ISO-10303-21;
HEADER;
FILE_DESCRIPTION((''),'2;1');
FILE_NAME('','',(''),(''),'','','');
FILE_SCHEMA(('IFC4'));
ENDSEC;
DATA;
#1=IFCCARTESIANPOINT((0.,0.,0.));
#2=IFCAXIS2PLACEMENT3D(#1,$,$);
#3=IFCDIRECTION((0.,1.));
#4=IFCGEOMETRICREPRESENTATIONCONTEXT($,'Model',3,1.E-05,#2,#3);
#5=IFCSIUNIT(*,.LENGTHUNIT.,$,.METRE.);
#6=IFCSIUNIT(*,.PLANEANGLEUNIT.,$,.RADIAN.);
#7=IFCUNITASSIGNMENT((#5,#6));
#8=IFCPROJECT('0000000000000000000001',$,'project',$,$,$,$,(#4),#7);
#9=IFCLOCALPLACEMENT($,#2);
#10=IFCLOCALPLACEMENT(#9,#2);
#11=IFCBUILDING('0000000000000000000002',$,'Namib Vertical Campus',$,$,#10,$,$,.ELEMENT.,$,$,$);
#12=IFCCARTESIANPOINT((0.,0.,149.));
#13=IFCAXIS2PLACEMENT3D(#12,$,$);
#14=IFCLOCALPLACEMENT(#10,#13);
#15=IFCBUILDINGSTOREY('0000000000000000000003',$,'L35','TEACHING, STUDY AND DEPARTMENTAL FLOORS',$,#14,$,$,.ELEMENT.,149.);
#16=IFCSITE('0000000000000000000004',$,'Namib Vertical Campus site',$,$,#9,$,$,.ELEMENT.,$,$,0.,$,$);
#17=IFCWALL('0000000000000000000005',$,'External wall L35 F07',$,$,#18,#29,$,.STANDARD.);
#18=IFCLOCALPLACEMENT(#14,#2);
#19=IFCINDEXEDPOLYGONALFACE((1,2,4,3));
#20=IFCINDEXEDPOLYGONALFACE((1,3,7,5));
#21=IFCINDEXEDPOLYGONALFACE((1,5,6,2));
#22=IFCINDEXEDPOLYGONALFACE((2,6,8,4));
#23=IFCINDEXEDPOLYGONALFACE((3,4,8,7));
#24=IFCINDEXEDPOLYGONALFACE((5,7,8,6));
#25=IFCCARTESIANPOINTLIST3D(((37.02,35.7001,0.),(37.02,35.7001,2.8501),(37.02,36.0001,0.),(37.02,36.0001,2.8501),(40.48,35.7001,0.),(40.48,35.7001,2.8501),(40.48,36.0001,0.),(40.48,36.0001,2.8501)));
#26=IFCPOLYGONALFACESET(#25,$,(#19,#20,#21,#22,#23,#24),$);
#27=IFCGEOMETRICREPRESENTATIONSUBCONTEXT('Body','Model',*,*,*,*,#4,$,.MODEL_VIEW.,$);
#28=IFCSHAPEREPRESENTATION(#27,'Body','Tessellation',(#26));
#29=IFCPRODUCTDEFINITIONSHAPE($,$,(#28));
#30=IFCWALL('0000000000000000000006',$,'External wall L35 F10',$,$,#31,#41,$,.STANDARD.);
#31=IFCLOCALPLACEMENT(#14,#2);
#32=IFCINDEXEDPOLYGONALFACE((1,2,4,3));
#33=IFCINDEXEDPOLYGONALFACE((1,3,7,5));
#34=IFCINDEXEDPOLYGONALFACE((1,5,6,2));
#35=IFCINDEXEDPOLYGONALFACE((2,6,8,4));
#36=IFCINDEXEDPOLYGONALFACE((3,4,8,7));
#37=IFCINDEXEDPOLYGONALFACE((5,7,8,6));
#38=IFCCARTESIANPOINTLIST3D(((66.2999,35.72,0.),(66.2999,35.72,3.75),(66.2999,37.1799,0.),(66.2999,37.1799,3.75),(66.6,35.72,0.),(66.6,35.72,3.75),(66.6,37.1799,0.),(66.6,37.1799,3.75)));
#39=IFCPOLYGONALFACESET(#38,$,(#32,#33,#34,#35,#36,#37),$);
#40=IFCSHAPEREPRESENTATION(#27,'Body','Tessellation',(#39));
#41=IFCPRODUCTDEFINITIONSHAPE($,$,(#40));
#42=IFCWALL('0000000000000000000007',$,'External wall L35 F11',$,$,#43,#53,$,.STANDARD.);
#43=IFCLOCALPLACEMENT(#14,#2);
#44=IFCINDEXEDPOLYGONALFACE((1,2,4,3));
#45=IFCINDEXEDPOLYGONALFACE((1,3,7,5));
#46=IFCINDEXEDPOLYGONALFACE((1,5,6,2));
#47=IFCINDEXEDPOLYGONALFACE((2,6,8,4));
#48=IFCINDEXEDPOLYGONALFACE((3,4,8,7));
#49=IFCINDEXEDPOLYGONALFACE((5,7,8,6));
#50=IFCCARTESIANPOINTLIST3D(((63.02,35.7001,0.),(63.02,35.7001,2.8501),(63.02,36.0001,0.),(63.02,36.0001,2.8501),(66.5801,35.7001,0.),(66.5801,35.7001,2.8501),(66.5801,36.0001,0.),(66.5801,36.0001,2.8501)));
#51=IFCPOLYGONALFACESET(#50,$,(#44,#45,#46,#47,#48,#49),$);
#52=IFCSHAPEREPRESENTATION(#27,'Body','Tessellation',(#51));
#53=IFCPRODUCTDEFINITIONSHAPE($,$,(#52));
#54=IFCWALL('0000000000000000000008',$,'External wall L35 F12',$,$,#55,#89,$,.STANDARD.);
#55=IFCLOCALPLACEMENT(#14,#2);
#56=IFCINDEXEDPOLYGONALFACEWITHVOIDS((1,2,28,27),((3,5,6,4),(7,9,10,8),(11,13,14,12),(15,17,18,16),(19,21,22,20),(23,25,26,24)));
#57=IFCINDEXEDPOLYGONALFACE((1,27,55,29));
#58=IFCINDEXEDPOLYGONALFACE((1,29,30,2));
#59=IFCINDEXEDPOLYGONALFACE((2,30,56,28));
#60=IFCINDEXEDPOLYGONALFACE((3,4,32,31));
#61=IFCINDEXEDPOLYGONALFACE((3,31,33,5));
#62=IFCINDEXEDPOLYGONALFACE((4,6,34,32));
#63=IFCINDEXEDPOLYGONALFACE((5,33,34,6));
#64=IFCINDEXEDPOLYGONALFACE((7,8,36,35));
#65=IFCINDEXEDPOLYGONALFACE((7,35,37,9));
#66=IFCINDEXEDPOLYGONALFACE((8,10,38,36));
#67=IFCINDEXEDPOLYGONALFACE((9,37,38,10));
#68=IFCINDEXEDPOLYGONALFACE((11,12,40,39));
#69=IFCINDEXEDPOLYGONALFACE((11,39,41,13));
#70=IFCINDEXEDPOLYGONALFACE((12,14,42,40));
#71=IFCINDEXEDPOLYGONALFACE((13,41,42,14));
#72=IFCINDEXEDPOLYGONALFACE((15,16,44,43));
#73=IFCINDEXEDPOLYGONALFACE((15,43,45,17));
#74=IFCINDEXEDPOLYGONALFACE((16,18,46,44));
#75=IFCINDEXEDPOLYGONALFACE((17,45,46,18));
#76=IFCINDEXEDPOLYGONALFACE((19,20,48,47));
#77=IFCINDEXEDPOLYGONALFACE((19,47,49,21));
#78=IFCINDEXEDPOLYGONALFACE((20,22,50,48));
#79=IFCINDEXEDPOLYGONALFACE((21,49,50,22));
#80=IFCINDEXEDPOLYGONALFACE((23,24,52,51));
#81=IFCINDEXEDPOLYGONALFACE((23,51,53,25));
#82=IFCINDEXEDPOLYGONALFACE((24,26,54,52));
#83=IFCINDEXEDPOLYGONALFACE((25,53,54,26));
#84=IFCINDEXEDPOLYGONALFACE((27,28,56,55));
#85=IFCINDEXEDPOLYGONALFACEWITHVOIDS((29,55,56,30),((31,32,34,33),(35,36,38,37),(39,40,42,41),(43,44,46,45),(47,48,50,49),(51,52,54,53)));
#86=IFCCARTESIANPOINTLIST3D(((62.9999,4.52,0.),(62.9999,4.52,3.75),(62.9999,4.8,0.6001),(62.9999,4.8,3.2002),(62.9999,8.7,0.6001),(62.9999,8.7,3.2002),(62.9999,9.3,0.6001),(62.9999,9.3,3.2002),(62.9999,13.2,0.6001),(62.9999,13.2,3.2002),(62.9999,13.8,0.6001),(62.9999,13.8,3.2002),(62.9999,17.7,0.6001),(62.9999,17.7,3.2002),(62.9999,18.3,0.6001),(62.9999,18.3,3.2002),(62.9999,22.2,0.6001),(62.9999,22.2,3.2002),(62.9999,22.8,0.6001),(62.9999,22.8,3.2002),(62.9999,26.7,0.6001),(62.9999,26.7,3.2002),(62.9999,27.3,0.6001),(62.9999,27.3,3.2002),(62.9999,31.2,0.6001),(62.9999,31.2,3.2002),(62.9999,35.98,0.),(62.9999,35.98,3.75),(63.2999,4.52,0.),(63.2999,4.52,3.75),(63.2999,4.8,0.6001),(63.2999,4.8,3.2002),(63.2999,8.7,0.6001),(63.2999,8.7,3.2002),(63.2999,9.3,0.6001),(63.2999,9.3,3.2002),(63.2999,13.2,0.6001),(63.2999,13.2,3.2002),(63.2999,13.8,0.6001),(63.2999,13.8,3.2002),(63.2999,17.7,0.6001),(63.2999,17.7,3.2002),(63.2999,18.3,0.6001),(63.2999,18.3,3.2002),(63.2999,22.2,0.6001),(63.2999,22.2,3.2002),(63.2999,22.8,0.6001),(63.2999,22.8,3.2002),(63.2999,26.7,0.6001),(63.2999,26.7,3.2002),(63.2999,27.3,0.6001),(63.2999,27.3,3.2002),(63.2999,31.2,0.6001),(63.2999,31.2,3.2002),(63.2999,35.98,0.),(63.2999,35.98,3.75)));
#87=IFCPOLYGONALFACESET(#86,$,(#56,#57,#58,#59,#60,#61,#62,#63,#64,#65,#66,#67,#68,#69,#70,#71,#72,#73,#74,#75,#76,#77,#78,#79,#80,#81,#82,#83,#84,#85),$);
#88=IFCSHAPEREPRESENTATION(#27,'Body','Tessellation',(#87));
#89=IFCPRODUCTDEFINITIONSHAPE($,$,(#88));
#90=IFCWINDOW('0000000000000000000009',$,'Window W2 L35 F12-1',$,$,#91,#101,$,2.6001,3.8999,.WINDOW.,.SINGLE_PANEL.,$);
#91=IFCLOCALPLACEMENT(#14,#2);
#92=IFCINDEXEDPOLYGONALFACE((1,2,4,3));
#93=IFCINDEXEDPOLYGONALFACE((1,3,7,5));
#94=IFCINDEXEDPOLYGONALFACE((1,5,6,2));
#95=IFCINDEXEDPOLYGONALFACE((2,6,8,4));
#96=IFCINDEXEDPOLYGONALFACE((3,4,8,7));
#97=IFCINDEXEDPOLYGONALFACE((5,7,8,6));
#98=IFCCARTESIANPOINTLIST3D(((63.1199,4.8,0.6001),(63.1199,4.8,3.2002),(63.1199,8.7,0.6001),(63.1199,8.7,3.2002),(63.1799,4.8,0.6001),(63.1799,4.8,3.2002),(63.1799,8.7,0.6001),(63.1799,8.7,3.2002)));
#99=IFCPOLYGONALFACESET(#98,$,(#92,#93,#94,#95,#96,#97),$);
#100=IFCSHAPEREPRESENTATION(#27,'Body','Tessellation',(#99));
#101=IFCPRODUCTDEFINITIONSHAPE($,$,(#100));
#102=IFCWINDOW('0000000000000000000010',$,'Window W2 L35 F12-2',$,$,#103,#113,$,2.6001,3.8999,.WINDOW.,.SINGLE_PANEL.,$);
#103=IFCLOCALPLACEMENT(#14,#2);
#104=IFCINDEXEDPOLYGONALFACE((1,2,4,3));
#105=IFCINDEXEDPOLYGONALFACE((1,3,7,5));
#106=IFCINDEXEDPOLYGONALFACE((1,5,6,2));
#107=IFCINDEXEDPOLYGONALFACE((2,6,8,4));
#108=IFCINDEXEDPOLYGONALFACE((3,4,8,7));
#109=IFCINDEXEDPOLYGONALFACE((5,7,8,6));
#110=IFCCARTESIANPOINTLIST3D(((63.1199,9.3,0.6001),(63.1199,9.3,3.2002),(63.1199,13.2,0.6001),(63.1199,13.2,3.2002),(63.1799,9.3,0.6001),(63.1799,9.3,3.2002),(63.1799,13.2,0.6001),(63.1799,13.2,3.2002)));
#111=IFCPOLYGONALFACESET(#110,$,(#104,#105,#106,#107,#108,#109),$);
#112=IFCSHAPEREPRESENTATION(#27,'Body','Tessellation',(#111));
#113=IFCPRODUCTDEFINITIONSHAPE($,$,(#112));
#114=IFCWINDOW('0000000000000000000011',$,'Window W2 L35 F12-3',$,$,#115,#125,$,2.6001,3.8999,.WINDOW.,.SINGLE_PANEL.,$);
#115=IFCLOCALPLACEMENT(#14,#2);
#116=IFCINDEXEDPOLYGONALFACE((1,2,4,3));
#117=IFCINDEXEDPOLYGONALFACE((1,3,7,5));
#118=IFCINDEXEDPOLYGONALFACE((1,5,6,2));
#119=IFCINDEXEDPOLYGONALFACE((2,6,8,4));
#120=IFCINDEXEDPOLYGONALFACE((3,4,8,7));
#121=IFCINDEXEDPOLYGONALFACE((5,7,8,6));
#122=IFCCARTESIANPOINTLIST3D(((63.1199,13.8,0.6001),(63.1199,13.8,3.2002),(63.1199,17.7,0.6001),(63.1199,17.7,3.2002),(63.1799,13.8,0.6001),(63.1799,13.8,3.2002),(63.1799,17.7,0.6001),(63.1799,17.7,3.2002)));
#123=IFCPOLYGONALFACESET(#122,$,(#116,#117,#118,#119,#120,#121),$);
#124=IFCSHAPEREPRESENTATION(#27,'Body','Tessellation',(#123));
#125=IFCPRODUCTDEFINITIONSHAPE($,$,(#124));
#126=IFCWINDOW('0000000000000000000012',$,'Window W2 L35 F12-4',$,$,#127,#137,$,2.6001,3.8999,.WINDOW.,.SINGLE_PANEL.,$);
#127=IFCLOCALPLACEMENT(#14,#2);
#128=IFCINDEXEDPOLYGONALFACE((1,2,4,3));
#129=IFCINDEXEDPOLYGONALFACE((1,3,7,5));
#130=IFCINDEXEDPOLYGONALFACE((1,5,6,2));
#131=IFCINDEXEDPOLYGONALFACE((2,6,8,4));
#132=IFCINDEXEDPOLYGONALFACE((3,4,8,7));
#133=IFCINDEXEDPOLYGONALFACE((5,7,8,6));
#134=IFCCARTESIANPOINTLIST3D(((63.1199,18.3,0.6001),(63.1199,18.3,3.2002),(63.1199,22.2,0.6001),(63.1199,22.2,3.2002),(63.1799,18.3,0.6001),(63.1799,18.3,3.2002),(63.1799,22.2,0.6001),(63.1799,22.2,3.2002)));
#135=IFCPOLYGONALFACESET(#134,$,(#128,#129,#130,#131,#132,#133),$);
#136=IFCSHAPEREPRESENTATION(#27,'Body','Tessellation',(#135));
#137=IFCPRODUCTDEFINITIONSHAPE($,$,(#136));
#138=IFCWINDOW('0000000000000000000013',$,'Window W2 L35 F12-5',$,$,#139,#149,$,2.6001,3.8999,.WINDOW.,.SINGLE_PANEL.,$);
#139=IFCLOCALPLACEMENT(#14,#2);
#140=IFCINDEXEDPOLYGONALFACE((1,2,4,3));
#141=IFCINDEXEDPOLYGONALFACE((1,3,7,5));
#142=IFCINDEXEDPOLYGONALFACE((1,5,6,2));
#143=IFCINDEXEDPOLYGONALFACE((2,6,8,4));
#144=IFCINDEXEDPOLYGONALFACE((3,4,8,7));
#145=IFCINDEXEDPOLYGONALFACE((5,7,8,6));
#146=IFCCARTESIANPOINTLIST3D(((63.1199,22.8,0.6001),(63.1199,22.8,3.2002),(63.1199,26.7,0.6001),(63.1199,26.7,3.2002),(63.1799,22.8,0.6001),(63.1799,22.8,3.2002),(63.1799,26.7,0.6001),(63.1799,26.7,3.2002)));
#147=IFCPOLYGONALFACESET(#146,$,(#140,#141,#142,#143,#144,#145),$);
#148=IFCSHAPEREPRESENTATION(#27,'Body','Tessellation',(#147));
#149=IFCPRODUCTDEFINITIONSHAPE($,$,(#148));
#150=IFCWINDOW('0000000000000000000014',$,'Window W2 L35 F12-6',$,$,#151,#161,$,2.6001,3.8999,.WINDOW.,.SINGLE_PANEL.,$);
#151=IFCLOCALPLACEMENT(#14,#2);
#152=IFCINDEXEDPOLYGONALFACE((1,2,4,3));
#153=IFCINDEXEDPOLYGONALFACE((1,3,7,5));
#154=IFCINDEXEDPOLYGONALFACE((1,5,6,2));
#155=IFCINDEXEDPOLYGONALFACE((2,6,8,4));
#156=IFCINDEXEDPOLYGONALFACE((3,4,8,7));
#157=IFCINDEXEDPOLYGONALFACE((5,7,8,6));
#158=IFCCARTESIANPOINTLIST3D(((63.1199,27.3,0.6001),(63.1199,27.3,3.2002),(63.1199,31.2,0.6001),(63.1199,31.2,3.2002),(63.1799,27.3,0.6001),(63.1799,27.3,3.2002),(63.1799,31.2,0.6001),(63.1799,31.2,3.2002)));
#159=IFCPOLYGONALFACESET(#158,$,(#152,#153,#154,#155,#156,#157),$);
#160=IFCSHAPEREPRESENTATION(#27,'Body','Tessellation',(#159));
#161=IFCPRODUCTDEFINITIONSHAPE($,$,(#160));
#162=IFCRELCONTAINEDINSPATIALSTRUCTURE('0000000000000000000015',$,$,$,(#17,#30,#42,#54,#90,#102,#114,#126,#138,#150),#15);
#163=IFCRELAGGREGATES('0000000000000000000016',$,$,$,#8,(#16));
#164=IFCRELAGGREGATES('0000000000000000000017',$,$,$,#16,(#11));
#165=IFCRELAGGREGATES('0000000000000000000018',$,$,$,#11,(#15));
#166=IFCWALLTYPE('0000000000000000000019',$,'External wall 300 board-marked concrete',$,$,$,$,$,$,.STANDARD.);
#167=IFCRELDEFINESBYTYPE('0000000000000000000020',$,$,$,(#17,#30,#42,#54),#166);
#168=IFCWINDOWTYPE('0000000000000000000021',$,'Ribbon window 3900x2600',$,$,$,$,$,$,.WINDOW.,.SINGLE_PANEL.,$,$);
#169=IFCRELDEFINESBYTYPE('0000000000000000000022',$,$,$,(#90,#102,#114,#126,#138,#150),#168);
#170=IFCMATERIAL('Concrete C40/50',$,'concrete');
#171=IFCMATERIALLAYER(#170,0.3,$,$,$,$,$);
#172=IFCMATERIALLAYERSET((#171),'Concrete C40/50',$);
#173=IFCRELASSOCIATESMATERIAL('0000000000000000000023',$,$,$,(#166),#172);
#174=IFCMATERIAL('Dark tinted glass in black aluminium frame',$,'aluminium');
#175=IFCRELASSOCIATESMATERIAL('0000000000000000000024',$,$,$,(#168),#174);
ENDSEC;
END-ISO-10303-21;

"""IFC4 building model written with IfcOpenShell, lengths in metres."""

from ifc_helpers import new_model, si_unit, direction, frame, frame_2d, origin, place, context, subcontext, project, spatial, rectangle, extrude, material, layer, layer_set, type_object, element, fill, save


model = new_model("IFC4")

# Units and contexts
model_context = context("Model", 3, precision=1e-05, world=origin(), true_north=direction((0.0, 1.0)))
body_context = subcontext(model_context, "Body", "Model", "MODEL_VIEW")
ifc_project = project(units=[si_unit("LENGTHUNIT", "METRE"), si_unit("PLANEANGLEUNIT", "RADIAN")], contexts=[model_context])

# Site, building, storey
site_placement = place(None, origin())
site = spatial("IfcSite", under=ifc_project, at=site_placement, Name="Namib Vertical Campus site", CompositionType="ELEMENT", RefElevation=0.0)
building_placement = place(site_placement, origin())
building = spatial("IfcBuilding", under=site, at=building_placement, Name="Namib Vertical Campus", CompositionType="ELEMENT")
storey_placement = place(building_placement, frame((0.0, 0.0, 149.0)))
storey = spatial("IfcBuildingStorey", under=building, at=storey_placement, Name="L35", Description="TEACHING, STUDY AND DEPARTMENTAL FLOORS", CompositionType="ELEMENT", Elevation=149.0)

# Walls
ifc_material_1 = material(Name="Concrete C40/50", Category="concrete")
ifc_layer_1 = layer(ifc_material_1, 0.3)
ifc_layer_set_1 = layer_set([ifc_layer_1], Name="Concrete C40/50")
wall_type_1 = type_object("IfcWallType", Name="External wall 300 board-marked concrete", PredefinedType="STANDARD", material=ifc_layer_set_1)
wall_1_placement = place(storey_placement, frame((40.48, 35.8501, 0.0), z_axis=(0.0, 0.0, 1.0), x_axis=(-1.0, 0.0, 0.0)))
element("IfcWall", 1, at=wall_1_placement, inside=storey, type_object=wall_type_1, Name="External wall L35 F07", PredefinedType="STANDARD", context=body_context, shape_type="SweptSolid", body=[
    extrude(rectangle(XDim=3.46, YDim=0.3, at=frame_2d((1.73, 0.0))), origin(), (0.0, 0.0, 1.0), 2.8501),
])
wall_2_placement = place(storey_placement, frame((66.45, 37.1799, 0.0), z_axis=(0.0, 0.0, 1.0), x_axis=(0.0, -1.0, 0.0)))
element("IfcWall", 2, at=wall_2_placement, inside=storey, type_object=wall_type_1, Name="External wall L35 F10", PredefinedType="STANDARD", context=body_context, shape_type="SweptSolid", body=[
    extrude(rectangle(XDim=1.46, YDim=0.3, at=frame_2d((0.73, 0.0))), origin(), (0.0, 0.0, 1.0), 3.75),
])
wall_3_placement = place(storey_placement, frame((66.5801, 35.8501, 0.0), z_axis=(0.0, 0.0, 1.0), x_axis=(-1.0, 0.0, 0.0)))
element("IfcWall", 3, at=wall_3_placement, inside=storey, type_object=wall_type_1, Name="External wall L35 F11", PredefinedType="STANDARD", context=body_context, shape_type="SweptSolid", body=[
    extrude(rectangle(XDim=3.5601, YDim=0.3, at=frame_2d((1.78, 0.0))), origin(), (0.0, 0.0, 1.0), 2.8501),
])

# Wall, openings, windows
wall_4_placement = place(storey_placement, frame((63.1499, 35.98, 0.0), z_axis=(0.0, 0.0, 1.0), x_axis=(0.0, -1.0, 0.0)))
wall_4 = element("IfcWall", 4, at=wall_4_placement, inside=storey, type_object=wall_type_1, Name="External wall L35 F12", PredefinedType="STANDARD", context=body_context, shape_type="SweptSolid", body=[
    extrude(rectangle(XDim=31.46, YDim=0.3, at=frame_2d((15.73, 0.0))), origin(), (0.0, 0.0, 1.0), 3.75),
])
opening_1_placement = place(wall_4_placement, frame((27.28, 0.0, 0.6001)))
opening_1 = element("IfcOpeningElement", 5, at=opening_1_placement, cuts=wall_4, PredefinedType="OPENING", context=body_context, shape_type="SweptSolid", body=[
    extrude(rectangle(XDim=3.8999, YDim=2.6001, at=frame_2d((1.95, 1.3))), frame((0.0, 0.1599, 0.0), z_axis=(0.0, -1.0, 0.0), x_axis=(1.0, 0.0, 0.0)), (0.0, 0.0, 1.0), 0.3201),
])
opening_2_placement = place(wall_4_placement, frame((22.78, 0.0, 0.6001)))
opening_2 = element("IfcOpeningElement", 6, at=opening_2_placement, cuts=wall_4, PredefinedType="OPENING", context=body_context, shape_type="SweptSolid", body=[
    extrude(rectangle(XDim=3.8999, YDim=2.6001, at=frame_2d((1.95, 1.3))), frame((0.0, 0.1599, 0.0), z_axis=(0.0, -1.0, 0.0), x_axis=(1.0, 0.0, 0.0)), (0.0, 0.0, 1.0), 0.3201),
])
opening_3_placement = place(wall_4_placement, frame((18.28, 0.0, 0.6001)))
opening_3 = element("IfcOpeningElement", 7, at=opening_3_placement, cuts=wall_4, PredefinedType="OPENING", context=body_context, shape_type="SweptSolid", body=[
    extrude(rectangle(XDim=3.8999, YDim=2.6001, at=frame_2d((1.95, 1.3))), frame((0.0, 0.1599, 0.0), z_axis=(0.0, -1.0, 0.0), x_axis=(1.0, 0.0, 0.0)), (0.0, 0.0, 1.0), 0.3201),
])
opening_4_placement = place(wall_4_placement, frame((13.78, 0.0, 0.6001)))
opening_4 = element("IfcOpeningElement", 8, at=opening_4_placement, cuts=wall_4, PredefinedType="OPENING", context=body_context, shape_type="SweptSolid", body=[
    extrude(rectangle(XDim=3.8999, YDim=2.6001, at=frame_2d((1.95, 1.3))), frame((0.0, 0.1599, 0.0), z_axis=(0.0, -1.0, 0.0), x_axis=(1.0, 0.0, 0.0)), (0.0, 0.0, 1.0), 0.3201),
])
opening_5_placement = place(wall_4_placement, frame((9.28, 0.0, 0.6001)))
opening_5 = element("IfcOpeningElement", 9, at=opening_5_placement, cuts=wall_4, PredefinedType="OPENING", context=body_context, shape_type="SweptSolid", body=[
    extrude(rectangle(XDim=3.8999, YDim=2.6001, at=frame_2d((1.95, 1.3))), frame((0.0, 0.1599, 0.0), z_axis=(0.0, -1.0, 0.0), x_axis=(1.0, 0.0, 0.0)), (0.0, 0.0, 1.0), 0.3201),
])
opening_6_placement = place(wall_4_placement, frame((4.78, 0.0, 0.6001)))
opening_6 = element("IfcOpeningElement", 10, at=opening_6_placement, cuts=wall_4, PredefinedType="OPENING", context=body_context, shape_type="SweptSolid", body=[
    extrude(rectangle(XDim=3.8999, YDim=2.6001, at=frame_2d((1.95, 1.3))), frame((0.0, 0.1599, 0.0), z_axis=(0.0, -1.0, 0.0), x_axis=(1.0, 0.0, 0.0)), (0.0, 0.0, 1.0), 0.3201),
])
ifc_material_2 = material(Name="Dark tinted glass in black aluminium frame", Category="aluminium")
window_type = type_object("IfcWindowType", Name="Ribbon window 3900x2600", PartitioningType="SINGLE_PANEL", PredefinedType="WINDOW", material=ifc_material_2)
window_1_placement = place(opening_1_placement, origin())
window_1 = element("IfcWindow", 11, at=window_1_placement, inside=storey, type_object=window_type, Name="Window W2 L35 F12-1", OverallHeight=2.6001, OverallWidth=3.8999, PartitioningType="SINGLE_PANEL", PredefinedType="WINDOW", context=body_context, shape_type="SweptSolid", body=[
    extrude(rectangle(XDim=3.8999, YDim=2.6001, at=frame_2d((1.95, 1.3))), frame((0.0, 0.03, 0.0), z_axis=(0.0, -1.0, 0.0), x_axis=(1.0, 0.0, 0.0)), (0.0, 0.0, 1.0), 0.0601),
])
fill(opening_1, window_1)
window_2_placement = place(opening_2_placement, origin())
window_2 = element("IfcWindow", 12, at=window_2_placement, inside=storey, type_object=window_type, Name="Window W2 L35 F12-2", OverallHeight=2.6001, OverallWidth=3.8999, PartitioningType="SINGLE_PANEL", PredefinedType="WINDOW", context=body_context, shape_type="SweptSolid", body=[
    extrude(rectangle(XDim=3.8999, YDim=2.6001, at=frame_2d((1.95, 1.3))), frame((0.0, 0.03, 0.0), z_axis=(0.0, -1.0, 0.0), x_axis=(1.0, 0.0, 0.0)), (0.0, 0.0, 1.0), 0.0601),
])
fill(opening_2, window_2)
window_3_placement = place(opening_3_placement, origin())
window_3 = element("IfcWindow", 13, at=window_3_placement, inside=storey, type_object=window_type, Name="Window W2 L35 F12-3", OverallHeight=2.6001, OverallWidth=3.8999, PartitioningType="SINGLE_PANEL", PredefinedType="WINDOW", context=body_context, shape_type="SweptSolid", body=[
    extrude(rectangle(XDim=3.8999, YDim=2.6001, at=frame_2d((1.95, 1.3))), frame((0.0, 0.03, 0.0), z_axis=(0.0, -1.0, 0.0), x_axis=(1.0, 0.0, 0.0)), (0.0, 0.0, 1.0), 0.0601),
])
fill(opening_3, window_3)
window_4_placement = place(opening_4_placement, origin())
window_4 = element("IfcWindow", 14, at=window_4_placement, inside=storey, type_object=window_type, Name="Window W2 L35 F12-4", OverallHeight=2.6001, OverallWidth=3.8999, PartitioningType="SINGLE_PANEL", PredefinedType="WINDOW", context=body_context, shape_type="SweptSolid", body=[
    extrude(rectangle(XDim=3.8999, YDim=2.6001, at=frame_2d((1.95, 1.3))), frame((0.0, 0.03, 0.0), z_axis=(0.0, -1.0, 0.0), x_axis=(1.0, 0.0, 0.0)), (0.0, 0.0, 1.0), 0.0601),
])
fill(opening_4, window_4)
window_5_placement = place(opening_5_placement, origin())
window_5 = element("IfcWindow", 15, at=window_5_placement, inside=storey, type_object=window_type, Name="Window W2 L35 F12-5", OverallHeight=2.6001, OverallWidth=3.8999, PartitioningType="SINGLE_PANEL", PredefinedType="WINDOW", context=body_context, shape_type="SweptSolid", body=[
    extrude(rectangle(XDim=3.8999, YDim=2.6001, at=frame_2d((1.95, 1.3))), frame((0.0, 0.03, 0.0), z_axis=(0.0, -1.0, 0.0), x_axis=(1.0, 0.0, 0.0)), (0.0, 0.0, 1.0), 0.0601),
])
fill(opening_5, window_5)
window_6_placement = place(opening_6_placement, origin())
window_6 = element("IfcWindow", 16, at=window_6_placement, inside=storey, type_object=window_type, Name="Window W2 L35 F12-6", OverallHeight=2.6001, OverallWidth=3.8999, PartitioningType="SINGLE_PANEL", PredefinedType="WINDOW", context=body_context, shape_type="SweptSolid", body=[
    extrude(rectangle(XDim=3.8999, YDim=2.6001, at=frame_2d((1.95, 1.3))), frame((0.0, 0.03, 0.0), z_axis=(0.0, -1.0, 0.0), x_axis=(1.0, 0.0, 0.0)), (0.0, 0.0, 1.0), 0.0601),
])
fill(opening_6, window_6)

save(model, "model.ifc")
